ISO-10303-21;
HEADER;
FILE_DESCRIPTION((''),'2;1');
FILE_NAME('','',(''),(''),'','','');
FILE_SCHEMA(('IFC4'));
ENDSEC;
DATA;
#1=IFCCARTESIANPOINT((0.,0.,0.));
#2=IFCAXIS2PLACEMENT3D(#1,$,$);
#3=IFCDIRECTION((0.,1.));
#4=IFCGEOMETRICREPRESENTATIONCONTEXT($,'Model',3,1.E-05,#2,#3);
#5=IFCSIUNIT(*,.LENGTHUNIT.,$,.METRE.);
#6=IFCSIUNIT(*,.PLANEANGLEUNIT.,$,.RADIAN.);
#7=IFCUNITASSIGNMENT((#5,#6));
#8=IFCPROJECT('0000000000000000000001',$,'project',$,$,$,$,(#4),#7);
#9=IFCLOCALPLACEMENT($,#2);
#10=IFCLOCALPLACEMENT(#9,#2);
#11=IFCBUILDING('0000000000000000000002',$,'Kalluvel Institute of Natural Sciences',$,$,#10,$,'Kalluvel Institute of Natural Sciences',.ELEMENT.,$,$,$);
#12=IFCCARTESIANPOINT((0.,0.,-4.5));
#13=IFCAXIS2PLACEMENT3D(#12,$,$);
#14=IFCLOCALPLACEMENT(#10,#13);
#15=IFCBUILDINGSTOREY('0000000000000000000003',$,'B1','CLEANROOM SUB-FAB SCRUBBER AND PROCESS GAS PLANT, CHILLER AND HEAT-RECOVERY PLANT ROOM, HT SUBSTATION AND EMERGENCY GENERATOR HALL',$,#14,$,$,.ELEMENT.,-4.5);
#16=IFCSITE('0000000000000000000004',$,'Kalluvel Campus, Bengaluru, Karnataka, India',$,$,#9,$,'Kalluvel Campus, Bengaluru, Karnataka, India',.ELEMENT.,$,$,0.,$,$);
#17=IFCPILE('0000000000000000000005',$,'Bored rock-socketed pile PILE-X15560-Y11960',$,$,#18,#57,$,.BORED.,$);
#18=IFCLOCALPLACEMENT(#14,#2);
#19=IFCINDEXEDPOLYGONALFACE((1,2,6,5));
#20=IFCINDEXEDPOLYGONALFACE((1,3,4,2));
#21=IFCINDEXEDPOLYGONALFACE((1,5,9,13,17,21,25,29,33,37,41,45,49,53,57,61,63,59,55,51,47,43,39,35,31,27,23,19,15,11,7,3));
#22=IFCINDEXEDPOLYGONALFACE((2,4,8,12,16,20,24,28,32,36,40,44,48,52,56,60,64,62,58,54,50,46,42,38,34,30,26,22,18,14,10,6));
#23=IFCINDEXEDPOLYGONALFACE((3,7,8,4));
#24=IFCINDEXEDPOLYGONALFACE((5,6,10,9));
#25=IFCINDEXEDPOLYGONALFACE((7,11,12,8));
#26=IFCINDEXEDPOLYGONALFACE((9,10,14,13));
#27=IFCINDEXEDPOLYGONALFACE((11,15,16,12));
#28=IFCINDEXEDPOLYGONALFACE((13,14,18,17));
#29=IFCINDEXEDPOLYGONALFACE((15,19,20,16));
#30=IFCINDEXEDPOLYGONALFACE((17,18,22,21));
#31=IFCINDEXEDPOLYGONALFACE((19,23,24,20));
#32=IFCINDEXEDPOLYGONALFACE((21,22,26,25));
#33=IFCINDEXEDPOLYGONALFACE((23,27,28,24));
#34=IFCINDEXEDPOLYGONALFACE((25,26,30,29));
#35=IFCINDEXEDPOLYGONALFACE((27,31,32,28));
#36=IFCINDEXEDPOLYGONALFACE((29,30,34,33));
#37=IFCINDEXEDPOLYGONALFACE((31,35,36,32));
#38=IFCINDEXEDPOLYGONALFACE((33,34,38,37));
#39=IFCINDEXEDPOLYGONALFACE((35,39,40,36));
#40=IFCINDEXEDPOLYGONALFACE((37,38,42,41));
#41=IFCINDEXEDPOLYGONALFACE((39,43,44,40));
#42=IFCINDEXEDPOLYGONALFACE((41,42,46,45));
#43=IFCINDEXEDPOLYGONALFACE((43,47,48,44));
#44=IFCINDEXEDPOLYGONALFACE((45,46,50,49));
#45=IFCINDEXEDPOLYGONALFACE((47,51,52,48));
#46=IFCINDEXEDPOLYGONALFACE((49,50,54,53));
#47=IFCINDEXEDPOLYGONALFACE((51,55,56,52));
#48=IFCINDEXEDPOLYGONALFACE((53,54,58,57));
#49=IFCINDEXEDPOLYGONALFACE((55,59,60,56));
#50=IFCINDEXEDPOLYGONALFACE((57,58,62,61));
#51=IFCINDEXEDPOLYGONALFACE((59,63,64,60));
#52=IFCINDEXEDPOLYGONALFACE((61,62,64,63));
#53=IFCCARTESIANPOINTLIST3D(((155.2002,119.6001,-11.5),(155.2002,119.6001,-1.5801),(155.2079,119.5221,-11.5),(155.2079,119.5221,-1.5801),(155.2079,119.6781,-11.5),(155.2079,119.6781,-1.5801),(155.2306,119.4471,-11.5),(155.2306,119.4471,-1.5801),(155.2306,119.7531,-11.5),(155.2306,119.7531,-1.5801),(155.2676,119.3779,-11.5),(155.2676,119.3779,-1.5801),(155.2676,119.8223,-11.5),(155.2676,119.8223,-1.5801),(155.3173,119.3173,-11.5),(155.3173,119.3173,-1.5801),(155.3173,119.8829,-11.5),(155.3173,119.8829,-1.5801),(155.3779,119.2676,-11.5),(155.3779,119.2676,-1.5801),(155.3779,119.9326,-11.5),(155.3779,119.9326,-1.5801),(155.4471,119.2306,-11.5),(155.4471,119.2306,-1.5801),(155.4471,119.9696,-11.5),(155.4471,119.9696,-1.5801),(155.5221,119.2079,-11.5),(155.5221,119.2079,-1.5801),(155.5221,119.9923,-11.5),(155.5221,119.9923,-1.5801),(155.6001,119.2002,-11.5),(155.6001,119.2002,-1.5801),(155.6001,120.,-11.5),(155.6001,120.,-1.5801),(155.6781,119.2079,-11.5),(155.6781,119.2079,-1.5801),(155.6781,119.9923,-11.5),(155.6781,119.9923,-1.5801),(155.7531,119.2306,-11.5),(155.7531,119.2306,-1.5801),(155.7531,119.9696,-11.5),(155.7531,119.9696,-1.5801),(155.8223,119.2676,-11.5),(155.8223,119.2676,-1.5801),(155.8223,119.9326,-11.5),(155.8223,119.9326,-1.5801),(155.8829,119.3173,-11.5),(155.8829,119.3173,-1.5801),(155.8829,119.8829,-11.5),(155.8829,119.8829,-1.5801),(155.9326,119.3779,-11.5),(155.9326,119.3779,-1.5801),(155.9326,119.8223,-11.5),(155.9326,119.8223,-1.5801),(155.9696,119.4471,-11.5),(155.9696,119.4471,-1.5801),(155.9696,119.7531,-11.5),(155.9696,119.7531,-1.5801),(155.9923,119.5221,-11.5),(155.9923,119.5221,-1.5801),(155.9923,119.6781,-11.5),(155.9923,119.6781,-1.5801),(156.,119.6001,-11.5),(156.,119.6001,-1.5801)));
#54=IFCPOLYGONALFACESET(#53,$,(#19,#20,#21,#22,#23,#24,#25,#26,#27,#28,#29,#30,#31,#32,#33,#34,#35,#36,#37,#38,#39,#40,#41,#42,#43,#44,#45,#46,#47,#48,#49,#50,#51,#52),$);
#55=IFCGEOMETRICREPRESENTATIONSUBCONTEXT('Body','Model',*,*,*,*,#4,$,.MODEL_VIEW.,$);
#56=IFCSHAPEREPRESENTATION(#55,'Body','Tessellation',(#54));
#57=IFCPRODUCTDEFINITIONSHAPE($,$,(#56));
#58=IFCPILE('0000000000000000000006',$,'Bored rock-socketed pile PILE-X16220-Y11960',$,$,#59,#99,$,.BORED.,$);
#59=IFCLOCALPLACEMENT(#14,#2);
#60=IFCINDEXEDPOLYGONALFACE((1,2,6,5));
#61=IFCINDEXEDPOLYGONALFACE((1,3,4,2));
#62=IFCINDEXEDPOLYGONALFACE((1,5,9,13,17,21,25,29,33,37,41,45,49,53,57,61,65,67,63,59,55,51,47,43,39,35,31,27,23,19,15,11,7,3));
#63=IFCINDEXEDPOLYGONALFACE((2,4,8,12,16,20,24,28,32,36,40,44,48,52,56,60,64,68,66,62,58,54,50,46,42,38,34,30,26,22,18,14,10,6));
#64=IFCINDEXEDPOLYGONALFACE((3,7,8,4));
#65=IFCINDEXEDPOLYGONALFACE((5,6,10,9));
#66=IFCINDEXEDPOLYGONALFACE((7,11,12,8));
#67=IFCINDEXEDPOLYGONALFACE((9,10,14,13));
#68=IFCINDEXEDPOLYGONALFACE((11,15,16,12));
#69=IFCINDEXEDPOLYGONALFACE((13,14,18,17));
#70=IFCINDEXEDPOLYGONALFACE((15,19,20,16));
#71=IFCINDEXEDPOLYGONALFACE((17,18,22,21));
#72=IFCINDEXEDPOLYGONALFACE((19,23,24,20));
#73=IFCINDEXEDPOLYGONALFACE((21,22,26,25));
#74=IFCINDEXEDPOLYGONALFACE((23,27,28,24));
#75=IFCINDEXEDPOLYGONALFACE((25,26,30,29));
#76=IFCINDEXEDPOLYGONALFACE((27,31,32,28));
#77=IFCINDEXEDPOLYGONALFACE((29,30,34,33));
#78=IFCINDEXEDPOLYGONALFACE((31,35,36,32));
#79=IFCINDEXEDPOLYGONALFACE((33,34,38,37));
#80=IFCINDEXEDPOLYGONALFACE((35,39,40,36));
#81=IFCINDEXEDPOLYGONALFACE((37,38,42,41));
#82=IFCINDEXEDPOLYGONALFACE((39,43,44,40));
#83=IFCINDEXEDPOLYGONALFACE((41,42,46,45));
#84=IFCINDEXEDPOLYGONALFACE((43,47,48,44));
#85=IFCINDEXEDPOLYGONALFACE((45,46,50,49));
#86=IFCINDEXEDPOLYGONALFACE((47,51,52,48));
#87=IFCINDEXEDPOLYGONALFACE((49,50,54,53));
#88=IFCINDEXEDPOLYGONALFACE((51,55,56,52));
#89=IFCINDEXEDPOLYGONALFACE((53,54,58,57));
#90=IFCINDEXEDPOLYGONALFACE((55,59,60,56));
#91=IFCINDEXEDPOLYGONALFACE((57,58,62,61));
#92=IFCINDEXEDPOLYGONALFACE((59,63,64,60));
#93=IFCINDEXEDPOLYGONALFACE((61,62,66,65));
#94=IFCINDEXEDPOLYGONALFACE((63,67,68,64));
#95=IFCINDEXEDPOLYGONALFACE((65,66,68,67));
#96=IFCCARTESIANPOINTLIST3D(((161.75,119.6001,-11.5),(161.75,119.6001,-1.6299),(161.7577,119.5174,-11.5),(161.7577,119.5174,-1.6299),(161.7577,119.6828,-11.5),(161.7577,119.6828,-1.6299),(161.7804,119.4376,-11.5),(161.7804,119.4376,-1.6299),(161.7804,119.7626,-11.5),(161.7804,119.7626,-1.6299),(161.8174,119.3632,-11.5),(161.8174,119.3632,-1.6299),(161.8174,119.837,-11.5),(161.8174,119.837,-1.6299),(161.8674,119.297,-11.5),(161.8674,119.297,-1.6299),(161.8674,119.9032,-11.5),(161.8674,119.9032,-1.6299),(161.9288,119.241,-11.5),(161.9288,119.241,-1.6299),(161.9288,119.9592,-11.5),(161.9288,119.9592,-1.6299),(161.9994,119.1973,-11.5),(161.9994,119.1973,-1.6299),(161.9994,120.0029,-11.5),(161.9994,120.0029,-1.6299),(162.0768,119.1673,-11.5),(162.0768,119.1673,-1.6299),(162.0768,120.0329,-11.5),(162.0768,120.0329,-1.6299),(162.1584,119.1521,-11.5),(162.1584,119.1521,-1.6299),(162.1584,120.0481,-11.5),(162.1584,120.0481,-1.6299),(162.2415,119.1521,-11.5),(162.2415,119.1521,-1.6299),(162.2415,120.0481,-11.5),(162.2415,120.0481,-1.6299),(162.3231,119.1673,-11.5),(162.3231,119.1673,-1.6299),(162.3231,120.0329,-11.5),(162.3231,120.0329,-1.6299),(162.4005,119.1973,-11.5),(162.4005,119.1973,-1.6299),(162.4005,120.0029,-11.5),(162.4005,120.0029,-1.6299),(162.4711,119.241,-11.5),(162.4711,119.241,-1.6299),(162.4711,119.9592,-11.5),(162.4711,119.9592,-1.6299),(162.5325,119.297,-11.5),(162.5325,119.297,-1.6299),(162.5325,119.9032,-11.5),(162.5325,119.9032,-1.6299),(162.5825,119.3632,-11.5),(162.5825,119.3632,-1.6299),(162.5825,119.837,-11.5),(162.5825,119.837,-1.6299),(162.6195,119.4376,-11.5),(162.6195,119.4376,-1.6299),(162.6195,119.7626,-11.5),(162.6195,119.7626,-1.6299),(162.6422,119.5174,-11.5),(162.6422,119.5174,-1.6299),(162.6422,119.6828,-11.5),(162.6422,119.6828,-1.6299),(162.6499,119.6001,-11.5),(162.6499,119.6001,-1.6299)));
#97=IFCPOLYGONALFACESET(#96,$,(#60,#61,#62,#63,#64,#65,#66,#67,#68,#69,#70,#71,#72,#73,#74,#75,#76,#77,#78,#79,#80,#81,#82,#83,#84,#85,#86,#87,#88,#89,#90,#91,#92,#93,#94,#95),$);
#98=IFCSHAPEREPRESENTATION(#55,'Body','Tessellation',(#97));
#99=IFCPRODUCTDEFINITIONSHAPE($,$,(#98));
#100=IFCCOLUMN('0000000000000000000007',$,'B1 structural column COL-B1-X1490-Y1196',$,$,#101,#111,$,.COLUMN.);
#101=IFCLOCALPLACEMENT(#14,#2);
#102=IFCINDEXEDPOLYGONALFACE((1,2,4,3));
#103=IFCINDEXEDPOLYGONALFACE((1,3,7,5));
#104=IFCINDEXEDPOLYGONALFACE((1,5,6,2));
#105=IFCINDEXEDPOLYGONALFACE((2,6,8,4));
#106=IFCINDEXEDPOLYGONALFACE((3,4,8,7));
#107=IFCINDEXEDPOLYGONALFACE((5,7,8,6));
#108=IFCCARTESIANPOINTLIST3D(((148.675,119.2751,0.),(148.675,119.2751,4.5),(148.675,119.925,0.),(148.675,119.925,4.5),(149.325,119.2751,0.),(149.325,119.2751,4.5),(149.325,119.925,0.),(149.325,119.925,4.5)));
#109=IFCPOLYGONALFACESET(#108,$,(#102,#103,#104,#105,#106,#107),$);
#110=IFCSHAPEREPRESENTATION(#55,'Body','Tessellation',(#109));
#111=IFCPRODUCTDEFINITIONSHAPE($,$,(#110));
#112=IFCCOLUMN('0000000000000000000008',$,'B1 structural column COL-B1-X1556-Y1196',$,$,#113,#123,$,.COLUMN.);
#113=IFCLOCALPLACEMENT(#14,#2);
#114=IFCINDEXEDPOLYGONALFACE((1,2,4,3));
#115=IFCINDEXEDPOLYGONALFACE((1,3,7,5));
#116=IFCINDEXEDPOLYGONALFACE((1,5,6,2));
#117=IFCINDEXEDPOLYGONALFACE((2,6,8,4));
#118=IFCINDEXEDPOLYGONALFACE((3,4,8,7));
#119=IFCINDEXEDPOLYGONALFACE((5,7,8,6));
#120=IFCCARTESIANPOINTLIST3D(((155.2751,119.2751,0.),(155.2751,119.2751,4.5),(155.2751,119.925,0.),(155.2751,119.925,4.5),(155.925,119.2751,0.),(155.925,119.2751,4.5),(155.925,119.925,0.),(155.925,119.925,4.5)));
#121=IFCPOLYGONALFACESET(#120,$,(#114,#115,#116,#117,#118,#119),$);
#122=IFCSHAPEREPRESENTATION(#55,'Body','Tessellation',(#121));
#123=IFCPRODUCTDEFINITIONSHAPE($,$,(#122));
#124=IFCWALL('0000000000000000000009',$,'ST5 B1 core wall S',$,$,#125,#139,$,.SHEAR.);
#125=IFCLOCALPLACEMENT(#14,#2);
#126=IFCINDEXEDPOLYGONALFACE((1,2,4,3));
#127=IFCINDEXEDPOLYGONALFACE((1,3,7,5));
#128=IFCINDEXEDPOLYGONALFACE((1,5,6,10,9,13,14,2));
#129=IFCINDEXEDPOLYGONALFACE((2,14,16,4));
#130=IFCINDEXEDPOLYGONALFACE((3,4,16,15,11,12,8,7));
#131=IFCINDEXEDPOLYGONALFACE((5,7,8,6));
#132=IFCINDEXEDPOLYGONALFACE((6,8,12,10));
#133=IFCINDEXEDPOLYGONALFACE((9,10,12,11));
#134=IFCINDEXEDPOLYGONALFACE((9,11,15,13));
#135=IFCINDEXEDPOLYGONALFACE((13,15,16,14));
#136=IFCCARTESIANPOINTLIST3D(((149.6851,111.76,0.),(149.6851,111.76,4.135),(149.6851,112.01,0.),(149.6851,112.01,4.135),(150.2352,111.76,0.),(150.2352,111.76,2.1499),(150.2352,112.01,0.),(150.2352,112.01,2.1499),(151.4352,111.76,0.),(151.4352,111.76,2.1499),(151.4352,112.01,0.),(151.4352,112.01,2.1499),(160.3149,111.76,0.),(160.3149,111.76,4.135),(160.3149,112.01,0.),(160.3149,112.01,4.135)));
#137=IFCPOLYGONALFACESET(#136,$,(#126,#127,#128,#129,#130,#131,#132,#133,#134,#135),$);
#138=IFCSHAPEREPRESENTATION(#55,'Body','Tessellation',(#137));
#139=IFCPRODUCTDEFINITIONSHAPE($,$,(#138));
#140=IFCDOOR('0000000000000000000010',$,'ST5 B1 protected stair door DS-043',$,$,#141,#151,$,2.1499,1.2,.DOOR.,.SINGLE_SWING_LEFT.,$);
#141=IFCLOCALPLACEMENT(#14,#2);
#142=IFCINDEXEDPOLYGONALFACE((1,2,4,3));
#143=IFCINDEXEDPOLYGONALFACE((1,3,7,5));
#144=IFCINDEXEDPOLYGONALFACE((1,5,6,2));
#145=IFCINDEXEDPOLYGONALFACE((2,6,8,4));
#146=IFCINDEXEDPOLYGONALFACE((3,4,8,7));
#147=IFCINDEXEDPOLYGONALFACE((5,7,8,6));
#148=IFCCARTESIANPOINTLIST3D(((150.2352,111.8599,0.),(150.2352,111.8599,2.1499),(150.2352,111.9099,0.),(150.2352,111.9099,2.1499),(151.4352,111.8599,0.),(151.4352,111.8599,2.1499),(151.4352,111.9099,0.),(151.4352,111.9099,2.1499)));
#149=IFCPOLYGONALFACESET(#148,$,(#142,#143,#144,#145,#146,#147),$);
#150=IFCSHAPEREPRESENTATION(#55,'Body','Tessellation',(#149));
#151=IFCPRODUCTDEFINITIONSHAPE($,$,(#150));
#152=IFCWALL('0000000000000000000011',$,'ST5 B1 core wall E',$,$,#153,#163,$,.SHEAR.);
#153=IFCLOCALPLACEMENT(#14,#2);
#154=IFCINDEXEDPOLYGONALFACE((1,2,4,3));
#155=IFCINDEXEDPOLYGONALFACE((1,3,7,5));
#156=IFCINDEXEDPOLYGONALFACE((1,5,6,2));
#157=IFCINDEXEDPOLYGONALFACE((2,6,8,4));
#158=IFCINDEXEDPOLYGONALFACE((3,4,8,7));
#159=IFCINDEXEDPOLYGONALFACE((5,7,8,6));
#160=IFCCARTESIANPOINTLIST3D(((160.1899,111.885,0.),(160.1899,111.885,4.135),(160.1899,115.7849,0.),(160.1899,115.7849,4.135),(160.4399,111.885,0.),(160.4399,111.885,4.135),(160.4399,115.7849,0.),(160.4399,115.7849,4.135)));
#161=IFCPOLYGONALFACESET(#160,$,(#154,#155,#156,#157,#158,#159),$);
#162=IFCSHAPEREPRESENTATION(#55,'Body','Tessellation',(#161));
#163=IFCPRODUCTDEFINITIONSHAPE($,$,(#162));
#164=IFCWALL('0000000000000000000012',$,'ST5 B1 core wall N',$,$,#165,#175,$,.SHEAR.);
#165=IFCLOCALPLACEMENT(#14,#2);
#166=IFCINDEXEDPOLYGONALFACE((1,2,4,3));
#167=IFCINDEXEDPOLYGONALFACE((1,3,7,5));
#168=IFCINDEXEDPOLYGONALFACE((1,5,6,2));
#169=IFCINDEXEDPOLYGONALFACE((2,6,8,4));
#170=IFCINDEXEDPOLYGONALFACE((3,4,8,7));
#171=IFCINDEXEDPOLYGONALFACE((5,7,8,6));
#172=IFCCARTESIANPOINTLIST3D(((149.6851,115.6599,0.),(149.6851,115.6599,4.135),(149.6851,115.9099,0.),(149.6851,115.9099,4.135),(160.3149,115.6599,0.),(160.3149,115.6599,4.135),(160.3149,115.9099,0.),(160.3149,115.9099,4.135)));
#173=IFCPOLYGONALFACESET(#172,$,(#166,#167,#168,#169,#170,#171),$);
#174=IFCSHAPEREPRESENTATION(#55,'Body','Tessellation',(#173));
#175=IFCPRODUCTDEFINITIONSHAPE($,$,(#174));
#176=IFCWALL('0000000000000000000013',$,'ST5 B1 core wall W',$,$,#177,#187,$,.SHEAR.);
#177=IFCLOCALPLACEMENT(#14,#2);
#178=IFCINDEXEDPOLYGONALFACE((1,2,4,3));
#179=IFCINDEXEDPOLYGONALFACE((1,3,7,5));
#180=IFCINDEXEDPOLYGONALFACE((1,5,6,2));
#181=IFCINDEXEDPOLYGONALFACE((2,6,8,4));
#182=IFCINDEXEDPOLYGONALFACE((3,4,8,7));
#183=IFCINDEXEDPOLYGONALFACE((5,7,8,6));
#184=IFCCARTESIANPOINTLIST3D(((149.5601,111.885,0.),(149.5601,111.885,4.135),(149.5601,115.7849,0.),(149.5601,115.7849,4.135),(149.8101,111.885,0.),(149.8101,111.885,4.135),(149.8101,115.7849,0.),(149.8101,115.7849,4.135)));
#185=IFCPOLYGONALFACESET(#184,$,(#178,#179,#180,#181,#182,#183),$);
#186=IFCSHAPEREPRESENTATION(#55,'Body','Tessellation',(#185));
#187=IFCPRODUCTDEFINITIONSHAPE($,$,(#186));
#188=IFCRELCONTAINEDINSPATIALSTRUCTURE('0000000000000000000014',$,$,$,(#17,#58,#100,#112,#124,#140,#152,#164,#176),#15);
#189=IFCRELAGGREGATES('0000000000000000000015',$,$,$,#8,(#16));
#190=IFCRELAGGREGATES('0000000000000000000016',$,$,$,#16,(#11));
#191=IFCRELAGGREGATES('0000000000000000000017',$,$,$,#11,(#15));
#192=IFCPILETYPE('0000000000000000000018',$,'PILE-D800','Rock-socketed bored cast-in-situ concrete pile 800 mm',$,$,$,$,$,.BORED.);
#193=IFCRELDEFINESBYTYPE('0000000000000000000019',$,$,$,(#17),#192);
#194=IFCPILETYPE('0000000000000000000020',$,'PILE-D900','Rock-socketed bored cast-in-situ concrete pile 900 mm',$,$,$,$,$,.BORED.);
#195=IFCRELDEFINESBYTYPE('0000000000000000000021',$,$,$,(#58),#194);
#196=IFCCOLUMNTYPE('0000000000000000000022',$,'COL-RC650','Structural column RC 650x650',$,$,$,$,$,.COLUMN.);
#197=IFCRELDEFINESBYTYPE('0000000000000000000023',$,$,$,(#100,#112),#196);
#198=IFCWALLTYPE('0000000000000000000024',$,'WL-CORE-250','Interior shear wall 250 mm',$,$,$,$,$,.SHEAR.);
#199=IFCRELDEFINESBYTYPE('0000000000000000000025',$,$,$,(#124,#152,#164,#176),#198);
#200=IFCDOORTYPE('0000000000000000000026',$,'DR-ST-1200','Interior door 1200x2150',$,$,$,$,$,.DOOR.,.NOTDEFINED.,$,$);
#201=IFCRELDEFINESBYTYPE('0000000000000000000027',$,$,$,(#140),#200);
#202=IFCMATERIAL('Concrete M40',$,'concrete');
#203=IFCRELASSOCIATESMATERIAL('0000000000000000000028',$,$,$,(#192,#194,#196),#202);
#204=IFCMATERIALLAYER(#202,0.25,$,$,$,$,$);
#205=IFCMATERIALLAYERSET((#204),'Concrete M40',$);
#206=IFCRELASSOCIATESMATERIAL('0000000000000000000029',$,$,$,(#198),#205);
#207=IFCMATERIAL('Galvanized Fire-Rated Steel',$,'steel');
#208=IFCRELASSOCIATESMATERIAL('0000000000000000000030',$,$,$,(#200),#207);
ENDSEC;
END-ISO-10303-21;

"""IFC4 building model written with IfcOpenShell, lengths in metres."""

from ifc_helpers import new_model, si_unit, direction, frame, frame_2d, origin, origin_2d, place, context, subcontext, project, spatial, rectangle, circle, extrude, material, layer, layer_set, material_profile, profile_set, type_object, element, fill, save


model = new_model("IFC4")

# Units and contexts
model_context = context("Model", 3, precision=1e-05, world=origin(), true_north=direction((0.0, 1.0)))
body_context = subcontext(model_context, "Body", "Model", "MODEL_VIEW")
ifc_project = project(units=[si_unit("LENGTHUNIT", "METRE"), si_unit("PLANEANGLEUNIT", "RADIAN")], contexts=[model_context])

# Site, building, storey
site_placement = place(None, origin())
site = spatial("IfcSite", under=ifc_project, at=site_placement, Name="Kalluvel Campus, Bengaluru, Karnataka, India", LongName="Kalluvel Campus, Bengaluru, Karnataka, India", CompositionType="ELEMENT", RefElevation=0.0)
building_placement = place(site_placement, origin())
building = spatial("IfcBuilding", under=site, at=building_placement, Name="Kalluvel Institute of Natural Sciences", LongName="Kalluvel Institute of Natural Sciences", CompositionType="ELEMENT")
storey_placement = place(building_placement, frame((0.0, 0.0, -4.5)))
storey = spatial("IfcBuildingStorey", under=building, at=storey_placement, Name="B1", Description="CLEANROOM SUB-FAB SCRUBBER AND PROCESS GAS PLANT, CHILLER AND HEAT-RECOVERY PLANT ROOM, HT SUBSTATION AND EMERGENCY GENERATOR HALL", CompositionType="ELEMENT", Elevation=-4.5)

# Shared definitions
ifc_material_1 = material(Name="Concrete M40", Category="concrete")

# Piles
ifc_material_profile_1 = material_profile(ifc_material_1, circle(Radius=0.3999, at=origin_2d()), Name="PILE D800")
ifc_profile_set_1 = profile_set([ifc_material_profile_1], Name="Concrete M40")
pile_type_1 = type_object("IfcPileType", Name="PILE-D800", Description="Rock-socketed bored cast-in-situ concrete pile 800 mm", PredefinedType="BORED", material=ifc_profile_set_1)
pile_1_placement = place(storey_placement, frame((155.6001, 119.6001, -1.5801), z_axis=(0.0, 0.0, -1.0), x_axis=(1.0, 0.0, 0.0)))
element("IfcPile", 1, at=pile_1_placement, inside=storey, type_object=pile_type_1, Name="Bored rock-socketed pile PILE-X15560-Y11960", PredefinedType="BORED", context=body_context, shape_type="SweptSolid", body=[
    extrude(circle(Radius=0.3999, at=origin_2d()), origin(), (0.0, 0.0, 1.0), 9.9199),
])
ifc_material_profile_2 = material_profile(ifc_material_1, circle(Radius=0.45, at=origin_2d()), Name="PILE D900")
ifc_profile_set_2 = profile_set([ifc_material_profile_2], Name="Concrete M40")
pile_type_2 = type_object("IfcPileType", Name="PILE-D900", Description="Rock-socketed bored cast-in-situ concrete pile 900 mm", PredefinedType="BORED", material=ifc_profile_set_2)
pile_2_placement = place(storey_placement, frame((162.2, 119.6001, -1.6299), z_axis=(0.0, 0.0, -1.0), x_axis=(1.0, 0.0, 0.0)))
element("IfcPile", 2, at=pile_2_placement, inside=storey, type_object=pile_type_2, Name="Bored rock-socketed pile PILE-X16220-Y11960", PredefinedType="BORED", context=body_context, shape_type="SweptSolid", body=[
    extrude(circle(Radius=0.45, at=origin_2d()), origin(), (0.0, 0.0, 1.0), 9.8701),
])

# Columns
ifc_material_profile_3 = material_profile(ifc_material_1, rectangle(XDim=0.6499, YDim=0.6499, at=origin_2d()), Name="RC 650x650")
ifc_profile_set_3 = profile_set([ifc_material_profile_3], Name="Concrete M40")
column_type = type_object("IfcColumnType", Name="COL-RC650", Description="Structural column RC 650x650", PredefinedType="COLUMN", material=ifc_profile_set_3)
for number, where, z_axis, x_axis, name in (
    (3, (149.0, 119.6001, 0.0), (0.0, 0.0, 1.0), (1.0, 0.0, 0.0), "B1 structural column COL-B1-X1490-Y1196"),
    (4, (155.6001, 119.6001, 0.0), (0.0, 0.0, 1.0), (1.0, 0.0, 0.0), "B1 structural column COL-B1-X1556-Y1196"),
):
    element("IfcColumn", number, at=place(storey_placement, frame(where, z_axis=z_axis, x_axis=x_axis)), inside=storey, type_object=column_type, Name=name, PredefinedType="COLUMN", context=body_context, shape_type="SweptSolid", body=[
        extrude(rectangle(XDim=0.6499, YDim=0.6499, at=origin_2d()), origin(), (0.0, 0.0, 1.0), 4.5),
    ])

# Wall, opening, door
ifc_layer = layer(ifc_material_1, 0.25)
ifc_layer_set = layer_set([ifc_layer], Name="Concrete M40")
wall_type = type_object("IfcWallType", Name="WL-CORE-250", Description="Interior shear wall 250 mm", PredefinedType="SHEAR", material=ifc_layer_set)
wall_1_placement = place(storey_placement, frame((149.6851, 111.885, 0.0), z_axis=(0.0, 0.0, 1.0), x_axis=(1.0, 0.0, 0.0)))
wall_1 = element("IfcWall", 5, at=wall_1_placement, inside=storey, type_object=wall_type, Name="ST5 B1 core wall S", PredefinedType="SHEAR", context=body_context, shape_type="SweptSolid", body=[
    extrude(rectangle(XDim=10.6299, YDim=0.25, at=frame_2d((5.3149, 0.0))), origin(), (0.0, 0.0, 1.0), 4.135),
])
opening_placement = place(wall_1_placement, frame((0.55, 0.0, 0.0)))
opening = element("IfcOpeningElement", 6, at=opening_placement, cuts=wall_1, PredefinedType="OPENING", context=body_context, shape_type="SweptSolid", body=[
    extrude(rectangle(XDim=1.2, YDim=2.1499, at=frame_2d((0.6001, 1.075))), frame((0.0, 0.135, 0.0), z_axis=(0.0, -1.0, 0.0), x_axis=(1.0, 0.0, 0.0)), (0.0, 0.0, 1.0), 0.27),
])
ifc_material_2 = material(Name="Galvanized Fire-Rated Steel", Category="steel")
door_type = type_object("IfcDoorType", Name="DR-ST-1200", Description="Interior door 1200x2150", OperationType="NOTDEFINED", PredefinedType="DOOR", material=ifc_material_2)
door_placement = place(opening_placement, origin())
door = element("IfcDoor", 7, at=door_placement, inside=storey, type_object=door_type, Name="ST5 B1 protected stair door DS-043", OperationType="SINGLE_SWING_LEFT", OverallHeight=2.1499, OverallWidth=1.2, PredefinedType="DOOR", context=body_context, shape_type="SweptSolid", body=[
    extrude(rectangle(XDim=1.2, YDim=2.1499, at=frame_2d((0.6001, 1.075))), frame((0.0, 0.0249, 0.0), z_axis=(0.0, -1.0, 0.0), x_axis=(1.0, 0.0, 0.0)), (0.0, 0.0, 1.0), 0.05),
])
fill(opening, door)

# Walls
wall_2_placement = place(storey_placement, frame((160.3149, 111.885, 0.0), z_axis=(0.0, 0.0, 1.0), x_axis=(0.0, 1.0, 0.0)))
element("IfcWall", 8, at=wall_2_placement, inside=storey, type_object=wall_type, Name="ST5 B1 core wall E", PredefinedType="SHEAR", context=body_context, shape_type="SweptSolid", body=[
    extrude(rectangle(XDim=3.8999, YDim=0.25, at=frame_2d((1.95, 0.0))), origin(), (0.0, 0.0, 1.0), 4.135),
])
wall_3_placement = place(storey_placement, frame((160.3149, 115.7849, 0.0), z_axis=(0.0, 0.0, 1.0), x_axis=(-1.0, 0.0, 0.0)))
element("IfcWall", 9, at=wall_3_placement, inside=storey, type_object=wall_type, Name="ST5 B1 core wall N", PredefinedType="SHEAR", context=body_context, shape_type="SweptSolid", body=[
    extrude(rectangle(XDim=10.6299, YDim=0.25, at=frame_2d((5.3149, 0.0))), origin(), (0.0, 0.0, 1.0), 4.135),
])
wall_4_placement = place(storey_placement, frame((149.6851, 115.7849, 0.0), z_axis=(0.0, 0.0, 1.0), x_axis=(0.0, -1.0, 0.0)))
element("IfcWall", 10, at=wall_4_placement, inside=storey, type_object=wall_type, Name="ST5 B1 core wall W", PredefinedType="SHEAR", context=body_context, shape_type="SweptSolid", body=[
    extrude(rectangle(XDim=3.8999, YDim=0.25, at=frame_2d((1.95, 0.0))), origin(), (0.0, 0.0, 1.0), 4.135),
])

save(model, "model.ifc")
